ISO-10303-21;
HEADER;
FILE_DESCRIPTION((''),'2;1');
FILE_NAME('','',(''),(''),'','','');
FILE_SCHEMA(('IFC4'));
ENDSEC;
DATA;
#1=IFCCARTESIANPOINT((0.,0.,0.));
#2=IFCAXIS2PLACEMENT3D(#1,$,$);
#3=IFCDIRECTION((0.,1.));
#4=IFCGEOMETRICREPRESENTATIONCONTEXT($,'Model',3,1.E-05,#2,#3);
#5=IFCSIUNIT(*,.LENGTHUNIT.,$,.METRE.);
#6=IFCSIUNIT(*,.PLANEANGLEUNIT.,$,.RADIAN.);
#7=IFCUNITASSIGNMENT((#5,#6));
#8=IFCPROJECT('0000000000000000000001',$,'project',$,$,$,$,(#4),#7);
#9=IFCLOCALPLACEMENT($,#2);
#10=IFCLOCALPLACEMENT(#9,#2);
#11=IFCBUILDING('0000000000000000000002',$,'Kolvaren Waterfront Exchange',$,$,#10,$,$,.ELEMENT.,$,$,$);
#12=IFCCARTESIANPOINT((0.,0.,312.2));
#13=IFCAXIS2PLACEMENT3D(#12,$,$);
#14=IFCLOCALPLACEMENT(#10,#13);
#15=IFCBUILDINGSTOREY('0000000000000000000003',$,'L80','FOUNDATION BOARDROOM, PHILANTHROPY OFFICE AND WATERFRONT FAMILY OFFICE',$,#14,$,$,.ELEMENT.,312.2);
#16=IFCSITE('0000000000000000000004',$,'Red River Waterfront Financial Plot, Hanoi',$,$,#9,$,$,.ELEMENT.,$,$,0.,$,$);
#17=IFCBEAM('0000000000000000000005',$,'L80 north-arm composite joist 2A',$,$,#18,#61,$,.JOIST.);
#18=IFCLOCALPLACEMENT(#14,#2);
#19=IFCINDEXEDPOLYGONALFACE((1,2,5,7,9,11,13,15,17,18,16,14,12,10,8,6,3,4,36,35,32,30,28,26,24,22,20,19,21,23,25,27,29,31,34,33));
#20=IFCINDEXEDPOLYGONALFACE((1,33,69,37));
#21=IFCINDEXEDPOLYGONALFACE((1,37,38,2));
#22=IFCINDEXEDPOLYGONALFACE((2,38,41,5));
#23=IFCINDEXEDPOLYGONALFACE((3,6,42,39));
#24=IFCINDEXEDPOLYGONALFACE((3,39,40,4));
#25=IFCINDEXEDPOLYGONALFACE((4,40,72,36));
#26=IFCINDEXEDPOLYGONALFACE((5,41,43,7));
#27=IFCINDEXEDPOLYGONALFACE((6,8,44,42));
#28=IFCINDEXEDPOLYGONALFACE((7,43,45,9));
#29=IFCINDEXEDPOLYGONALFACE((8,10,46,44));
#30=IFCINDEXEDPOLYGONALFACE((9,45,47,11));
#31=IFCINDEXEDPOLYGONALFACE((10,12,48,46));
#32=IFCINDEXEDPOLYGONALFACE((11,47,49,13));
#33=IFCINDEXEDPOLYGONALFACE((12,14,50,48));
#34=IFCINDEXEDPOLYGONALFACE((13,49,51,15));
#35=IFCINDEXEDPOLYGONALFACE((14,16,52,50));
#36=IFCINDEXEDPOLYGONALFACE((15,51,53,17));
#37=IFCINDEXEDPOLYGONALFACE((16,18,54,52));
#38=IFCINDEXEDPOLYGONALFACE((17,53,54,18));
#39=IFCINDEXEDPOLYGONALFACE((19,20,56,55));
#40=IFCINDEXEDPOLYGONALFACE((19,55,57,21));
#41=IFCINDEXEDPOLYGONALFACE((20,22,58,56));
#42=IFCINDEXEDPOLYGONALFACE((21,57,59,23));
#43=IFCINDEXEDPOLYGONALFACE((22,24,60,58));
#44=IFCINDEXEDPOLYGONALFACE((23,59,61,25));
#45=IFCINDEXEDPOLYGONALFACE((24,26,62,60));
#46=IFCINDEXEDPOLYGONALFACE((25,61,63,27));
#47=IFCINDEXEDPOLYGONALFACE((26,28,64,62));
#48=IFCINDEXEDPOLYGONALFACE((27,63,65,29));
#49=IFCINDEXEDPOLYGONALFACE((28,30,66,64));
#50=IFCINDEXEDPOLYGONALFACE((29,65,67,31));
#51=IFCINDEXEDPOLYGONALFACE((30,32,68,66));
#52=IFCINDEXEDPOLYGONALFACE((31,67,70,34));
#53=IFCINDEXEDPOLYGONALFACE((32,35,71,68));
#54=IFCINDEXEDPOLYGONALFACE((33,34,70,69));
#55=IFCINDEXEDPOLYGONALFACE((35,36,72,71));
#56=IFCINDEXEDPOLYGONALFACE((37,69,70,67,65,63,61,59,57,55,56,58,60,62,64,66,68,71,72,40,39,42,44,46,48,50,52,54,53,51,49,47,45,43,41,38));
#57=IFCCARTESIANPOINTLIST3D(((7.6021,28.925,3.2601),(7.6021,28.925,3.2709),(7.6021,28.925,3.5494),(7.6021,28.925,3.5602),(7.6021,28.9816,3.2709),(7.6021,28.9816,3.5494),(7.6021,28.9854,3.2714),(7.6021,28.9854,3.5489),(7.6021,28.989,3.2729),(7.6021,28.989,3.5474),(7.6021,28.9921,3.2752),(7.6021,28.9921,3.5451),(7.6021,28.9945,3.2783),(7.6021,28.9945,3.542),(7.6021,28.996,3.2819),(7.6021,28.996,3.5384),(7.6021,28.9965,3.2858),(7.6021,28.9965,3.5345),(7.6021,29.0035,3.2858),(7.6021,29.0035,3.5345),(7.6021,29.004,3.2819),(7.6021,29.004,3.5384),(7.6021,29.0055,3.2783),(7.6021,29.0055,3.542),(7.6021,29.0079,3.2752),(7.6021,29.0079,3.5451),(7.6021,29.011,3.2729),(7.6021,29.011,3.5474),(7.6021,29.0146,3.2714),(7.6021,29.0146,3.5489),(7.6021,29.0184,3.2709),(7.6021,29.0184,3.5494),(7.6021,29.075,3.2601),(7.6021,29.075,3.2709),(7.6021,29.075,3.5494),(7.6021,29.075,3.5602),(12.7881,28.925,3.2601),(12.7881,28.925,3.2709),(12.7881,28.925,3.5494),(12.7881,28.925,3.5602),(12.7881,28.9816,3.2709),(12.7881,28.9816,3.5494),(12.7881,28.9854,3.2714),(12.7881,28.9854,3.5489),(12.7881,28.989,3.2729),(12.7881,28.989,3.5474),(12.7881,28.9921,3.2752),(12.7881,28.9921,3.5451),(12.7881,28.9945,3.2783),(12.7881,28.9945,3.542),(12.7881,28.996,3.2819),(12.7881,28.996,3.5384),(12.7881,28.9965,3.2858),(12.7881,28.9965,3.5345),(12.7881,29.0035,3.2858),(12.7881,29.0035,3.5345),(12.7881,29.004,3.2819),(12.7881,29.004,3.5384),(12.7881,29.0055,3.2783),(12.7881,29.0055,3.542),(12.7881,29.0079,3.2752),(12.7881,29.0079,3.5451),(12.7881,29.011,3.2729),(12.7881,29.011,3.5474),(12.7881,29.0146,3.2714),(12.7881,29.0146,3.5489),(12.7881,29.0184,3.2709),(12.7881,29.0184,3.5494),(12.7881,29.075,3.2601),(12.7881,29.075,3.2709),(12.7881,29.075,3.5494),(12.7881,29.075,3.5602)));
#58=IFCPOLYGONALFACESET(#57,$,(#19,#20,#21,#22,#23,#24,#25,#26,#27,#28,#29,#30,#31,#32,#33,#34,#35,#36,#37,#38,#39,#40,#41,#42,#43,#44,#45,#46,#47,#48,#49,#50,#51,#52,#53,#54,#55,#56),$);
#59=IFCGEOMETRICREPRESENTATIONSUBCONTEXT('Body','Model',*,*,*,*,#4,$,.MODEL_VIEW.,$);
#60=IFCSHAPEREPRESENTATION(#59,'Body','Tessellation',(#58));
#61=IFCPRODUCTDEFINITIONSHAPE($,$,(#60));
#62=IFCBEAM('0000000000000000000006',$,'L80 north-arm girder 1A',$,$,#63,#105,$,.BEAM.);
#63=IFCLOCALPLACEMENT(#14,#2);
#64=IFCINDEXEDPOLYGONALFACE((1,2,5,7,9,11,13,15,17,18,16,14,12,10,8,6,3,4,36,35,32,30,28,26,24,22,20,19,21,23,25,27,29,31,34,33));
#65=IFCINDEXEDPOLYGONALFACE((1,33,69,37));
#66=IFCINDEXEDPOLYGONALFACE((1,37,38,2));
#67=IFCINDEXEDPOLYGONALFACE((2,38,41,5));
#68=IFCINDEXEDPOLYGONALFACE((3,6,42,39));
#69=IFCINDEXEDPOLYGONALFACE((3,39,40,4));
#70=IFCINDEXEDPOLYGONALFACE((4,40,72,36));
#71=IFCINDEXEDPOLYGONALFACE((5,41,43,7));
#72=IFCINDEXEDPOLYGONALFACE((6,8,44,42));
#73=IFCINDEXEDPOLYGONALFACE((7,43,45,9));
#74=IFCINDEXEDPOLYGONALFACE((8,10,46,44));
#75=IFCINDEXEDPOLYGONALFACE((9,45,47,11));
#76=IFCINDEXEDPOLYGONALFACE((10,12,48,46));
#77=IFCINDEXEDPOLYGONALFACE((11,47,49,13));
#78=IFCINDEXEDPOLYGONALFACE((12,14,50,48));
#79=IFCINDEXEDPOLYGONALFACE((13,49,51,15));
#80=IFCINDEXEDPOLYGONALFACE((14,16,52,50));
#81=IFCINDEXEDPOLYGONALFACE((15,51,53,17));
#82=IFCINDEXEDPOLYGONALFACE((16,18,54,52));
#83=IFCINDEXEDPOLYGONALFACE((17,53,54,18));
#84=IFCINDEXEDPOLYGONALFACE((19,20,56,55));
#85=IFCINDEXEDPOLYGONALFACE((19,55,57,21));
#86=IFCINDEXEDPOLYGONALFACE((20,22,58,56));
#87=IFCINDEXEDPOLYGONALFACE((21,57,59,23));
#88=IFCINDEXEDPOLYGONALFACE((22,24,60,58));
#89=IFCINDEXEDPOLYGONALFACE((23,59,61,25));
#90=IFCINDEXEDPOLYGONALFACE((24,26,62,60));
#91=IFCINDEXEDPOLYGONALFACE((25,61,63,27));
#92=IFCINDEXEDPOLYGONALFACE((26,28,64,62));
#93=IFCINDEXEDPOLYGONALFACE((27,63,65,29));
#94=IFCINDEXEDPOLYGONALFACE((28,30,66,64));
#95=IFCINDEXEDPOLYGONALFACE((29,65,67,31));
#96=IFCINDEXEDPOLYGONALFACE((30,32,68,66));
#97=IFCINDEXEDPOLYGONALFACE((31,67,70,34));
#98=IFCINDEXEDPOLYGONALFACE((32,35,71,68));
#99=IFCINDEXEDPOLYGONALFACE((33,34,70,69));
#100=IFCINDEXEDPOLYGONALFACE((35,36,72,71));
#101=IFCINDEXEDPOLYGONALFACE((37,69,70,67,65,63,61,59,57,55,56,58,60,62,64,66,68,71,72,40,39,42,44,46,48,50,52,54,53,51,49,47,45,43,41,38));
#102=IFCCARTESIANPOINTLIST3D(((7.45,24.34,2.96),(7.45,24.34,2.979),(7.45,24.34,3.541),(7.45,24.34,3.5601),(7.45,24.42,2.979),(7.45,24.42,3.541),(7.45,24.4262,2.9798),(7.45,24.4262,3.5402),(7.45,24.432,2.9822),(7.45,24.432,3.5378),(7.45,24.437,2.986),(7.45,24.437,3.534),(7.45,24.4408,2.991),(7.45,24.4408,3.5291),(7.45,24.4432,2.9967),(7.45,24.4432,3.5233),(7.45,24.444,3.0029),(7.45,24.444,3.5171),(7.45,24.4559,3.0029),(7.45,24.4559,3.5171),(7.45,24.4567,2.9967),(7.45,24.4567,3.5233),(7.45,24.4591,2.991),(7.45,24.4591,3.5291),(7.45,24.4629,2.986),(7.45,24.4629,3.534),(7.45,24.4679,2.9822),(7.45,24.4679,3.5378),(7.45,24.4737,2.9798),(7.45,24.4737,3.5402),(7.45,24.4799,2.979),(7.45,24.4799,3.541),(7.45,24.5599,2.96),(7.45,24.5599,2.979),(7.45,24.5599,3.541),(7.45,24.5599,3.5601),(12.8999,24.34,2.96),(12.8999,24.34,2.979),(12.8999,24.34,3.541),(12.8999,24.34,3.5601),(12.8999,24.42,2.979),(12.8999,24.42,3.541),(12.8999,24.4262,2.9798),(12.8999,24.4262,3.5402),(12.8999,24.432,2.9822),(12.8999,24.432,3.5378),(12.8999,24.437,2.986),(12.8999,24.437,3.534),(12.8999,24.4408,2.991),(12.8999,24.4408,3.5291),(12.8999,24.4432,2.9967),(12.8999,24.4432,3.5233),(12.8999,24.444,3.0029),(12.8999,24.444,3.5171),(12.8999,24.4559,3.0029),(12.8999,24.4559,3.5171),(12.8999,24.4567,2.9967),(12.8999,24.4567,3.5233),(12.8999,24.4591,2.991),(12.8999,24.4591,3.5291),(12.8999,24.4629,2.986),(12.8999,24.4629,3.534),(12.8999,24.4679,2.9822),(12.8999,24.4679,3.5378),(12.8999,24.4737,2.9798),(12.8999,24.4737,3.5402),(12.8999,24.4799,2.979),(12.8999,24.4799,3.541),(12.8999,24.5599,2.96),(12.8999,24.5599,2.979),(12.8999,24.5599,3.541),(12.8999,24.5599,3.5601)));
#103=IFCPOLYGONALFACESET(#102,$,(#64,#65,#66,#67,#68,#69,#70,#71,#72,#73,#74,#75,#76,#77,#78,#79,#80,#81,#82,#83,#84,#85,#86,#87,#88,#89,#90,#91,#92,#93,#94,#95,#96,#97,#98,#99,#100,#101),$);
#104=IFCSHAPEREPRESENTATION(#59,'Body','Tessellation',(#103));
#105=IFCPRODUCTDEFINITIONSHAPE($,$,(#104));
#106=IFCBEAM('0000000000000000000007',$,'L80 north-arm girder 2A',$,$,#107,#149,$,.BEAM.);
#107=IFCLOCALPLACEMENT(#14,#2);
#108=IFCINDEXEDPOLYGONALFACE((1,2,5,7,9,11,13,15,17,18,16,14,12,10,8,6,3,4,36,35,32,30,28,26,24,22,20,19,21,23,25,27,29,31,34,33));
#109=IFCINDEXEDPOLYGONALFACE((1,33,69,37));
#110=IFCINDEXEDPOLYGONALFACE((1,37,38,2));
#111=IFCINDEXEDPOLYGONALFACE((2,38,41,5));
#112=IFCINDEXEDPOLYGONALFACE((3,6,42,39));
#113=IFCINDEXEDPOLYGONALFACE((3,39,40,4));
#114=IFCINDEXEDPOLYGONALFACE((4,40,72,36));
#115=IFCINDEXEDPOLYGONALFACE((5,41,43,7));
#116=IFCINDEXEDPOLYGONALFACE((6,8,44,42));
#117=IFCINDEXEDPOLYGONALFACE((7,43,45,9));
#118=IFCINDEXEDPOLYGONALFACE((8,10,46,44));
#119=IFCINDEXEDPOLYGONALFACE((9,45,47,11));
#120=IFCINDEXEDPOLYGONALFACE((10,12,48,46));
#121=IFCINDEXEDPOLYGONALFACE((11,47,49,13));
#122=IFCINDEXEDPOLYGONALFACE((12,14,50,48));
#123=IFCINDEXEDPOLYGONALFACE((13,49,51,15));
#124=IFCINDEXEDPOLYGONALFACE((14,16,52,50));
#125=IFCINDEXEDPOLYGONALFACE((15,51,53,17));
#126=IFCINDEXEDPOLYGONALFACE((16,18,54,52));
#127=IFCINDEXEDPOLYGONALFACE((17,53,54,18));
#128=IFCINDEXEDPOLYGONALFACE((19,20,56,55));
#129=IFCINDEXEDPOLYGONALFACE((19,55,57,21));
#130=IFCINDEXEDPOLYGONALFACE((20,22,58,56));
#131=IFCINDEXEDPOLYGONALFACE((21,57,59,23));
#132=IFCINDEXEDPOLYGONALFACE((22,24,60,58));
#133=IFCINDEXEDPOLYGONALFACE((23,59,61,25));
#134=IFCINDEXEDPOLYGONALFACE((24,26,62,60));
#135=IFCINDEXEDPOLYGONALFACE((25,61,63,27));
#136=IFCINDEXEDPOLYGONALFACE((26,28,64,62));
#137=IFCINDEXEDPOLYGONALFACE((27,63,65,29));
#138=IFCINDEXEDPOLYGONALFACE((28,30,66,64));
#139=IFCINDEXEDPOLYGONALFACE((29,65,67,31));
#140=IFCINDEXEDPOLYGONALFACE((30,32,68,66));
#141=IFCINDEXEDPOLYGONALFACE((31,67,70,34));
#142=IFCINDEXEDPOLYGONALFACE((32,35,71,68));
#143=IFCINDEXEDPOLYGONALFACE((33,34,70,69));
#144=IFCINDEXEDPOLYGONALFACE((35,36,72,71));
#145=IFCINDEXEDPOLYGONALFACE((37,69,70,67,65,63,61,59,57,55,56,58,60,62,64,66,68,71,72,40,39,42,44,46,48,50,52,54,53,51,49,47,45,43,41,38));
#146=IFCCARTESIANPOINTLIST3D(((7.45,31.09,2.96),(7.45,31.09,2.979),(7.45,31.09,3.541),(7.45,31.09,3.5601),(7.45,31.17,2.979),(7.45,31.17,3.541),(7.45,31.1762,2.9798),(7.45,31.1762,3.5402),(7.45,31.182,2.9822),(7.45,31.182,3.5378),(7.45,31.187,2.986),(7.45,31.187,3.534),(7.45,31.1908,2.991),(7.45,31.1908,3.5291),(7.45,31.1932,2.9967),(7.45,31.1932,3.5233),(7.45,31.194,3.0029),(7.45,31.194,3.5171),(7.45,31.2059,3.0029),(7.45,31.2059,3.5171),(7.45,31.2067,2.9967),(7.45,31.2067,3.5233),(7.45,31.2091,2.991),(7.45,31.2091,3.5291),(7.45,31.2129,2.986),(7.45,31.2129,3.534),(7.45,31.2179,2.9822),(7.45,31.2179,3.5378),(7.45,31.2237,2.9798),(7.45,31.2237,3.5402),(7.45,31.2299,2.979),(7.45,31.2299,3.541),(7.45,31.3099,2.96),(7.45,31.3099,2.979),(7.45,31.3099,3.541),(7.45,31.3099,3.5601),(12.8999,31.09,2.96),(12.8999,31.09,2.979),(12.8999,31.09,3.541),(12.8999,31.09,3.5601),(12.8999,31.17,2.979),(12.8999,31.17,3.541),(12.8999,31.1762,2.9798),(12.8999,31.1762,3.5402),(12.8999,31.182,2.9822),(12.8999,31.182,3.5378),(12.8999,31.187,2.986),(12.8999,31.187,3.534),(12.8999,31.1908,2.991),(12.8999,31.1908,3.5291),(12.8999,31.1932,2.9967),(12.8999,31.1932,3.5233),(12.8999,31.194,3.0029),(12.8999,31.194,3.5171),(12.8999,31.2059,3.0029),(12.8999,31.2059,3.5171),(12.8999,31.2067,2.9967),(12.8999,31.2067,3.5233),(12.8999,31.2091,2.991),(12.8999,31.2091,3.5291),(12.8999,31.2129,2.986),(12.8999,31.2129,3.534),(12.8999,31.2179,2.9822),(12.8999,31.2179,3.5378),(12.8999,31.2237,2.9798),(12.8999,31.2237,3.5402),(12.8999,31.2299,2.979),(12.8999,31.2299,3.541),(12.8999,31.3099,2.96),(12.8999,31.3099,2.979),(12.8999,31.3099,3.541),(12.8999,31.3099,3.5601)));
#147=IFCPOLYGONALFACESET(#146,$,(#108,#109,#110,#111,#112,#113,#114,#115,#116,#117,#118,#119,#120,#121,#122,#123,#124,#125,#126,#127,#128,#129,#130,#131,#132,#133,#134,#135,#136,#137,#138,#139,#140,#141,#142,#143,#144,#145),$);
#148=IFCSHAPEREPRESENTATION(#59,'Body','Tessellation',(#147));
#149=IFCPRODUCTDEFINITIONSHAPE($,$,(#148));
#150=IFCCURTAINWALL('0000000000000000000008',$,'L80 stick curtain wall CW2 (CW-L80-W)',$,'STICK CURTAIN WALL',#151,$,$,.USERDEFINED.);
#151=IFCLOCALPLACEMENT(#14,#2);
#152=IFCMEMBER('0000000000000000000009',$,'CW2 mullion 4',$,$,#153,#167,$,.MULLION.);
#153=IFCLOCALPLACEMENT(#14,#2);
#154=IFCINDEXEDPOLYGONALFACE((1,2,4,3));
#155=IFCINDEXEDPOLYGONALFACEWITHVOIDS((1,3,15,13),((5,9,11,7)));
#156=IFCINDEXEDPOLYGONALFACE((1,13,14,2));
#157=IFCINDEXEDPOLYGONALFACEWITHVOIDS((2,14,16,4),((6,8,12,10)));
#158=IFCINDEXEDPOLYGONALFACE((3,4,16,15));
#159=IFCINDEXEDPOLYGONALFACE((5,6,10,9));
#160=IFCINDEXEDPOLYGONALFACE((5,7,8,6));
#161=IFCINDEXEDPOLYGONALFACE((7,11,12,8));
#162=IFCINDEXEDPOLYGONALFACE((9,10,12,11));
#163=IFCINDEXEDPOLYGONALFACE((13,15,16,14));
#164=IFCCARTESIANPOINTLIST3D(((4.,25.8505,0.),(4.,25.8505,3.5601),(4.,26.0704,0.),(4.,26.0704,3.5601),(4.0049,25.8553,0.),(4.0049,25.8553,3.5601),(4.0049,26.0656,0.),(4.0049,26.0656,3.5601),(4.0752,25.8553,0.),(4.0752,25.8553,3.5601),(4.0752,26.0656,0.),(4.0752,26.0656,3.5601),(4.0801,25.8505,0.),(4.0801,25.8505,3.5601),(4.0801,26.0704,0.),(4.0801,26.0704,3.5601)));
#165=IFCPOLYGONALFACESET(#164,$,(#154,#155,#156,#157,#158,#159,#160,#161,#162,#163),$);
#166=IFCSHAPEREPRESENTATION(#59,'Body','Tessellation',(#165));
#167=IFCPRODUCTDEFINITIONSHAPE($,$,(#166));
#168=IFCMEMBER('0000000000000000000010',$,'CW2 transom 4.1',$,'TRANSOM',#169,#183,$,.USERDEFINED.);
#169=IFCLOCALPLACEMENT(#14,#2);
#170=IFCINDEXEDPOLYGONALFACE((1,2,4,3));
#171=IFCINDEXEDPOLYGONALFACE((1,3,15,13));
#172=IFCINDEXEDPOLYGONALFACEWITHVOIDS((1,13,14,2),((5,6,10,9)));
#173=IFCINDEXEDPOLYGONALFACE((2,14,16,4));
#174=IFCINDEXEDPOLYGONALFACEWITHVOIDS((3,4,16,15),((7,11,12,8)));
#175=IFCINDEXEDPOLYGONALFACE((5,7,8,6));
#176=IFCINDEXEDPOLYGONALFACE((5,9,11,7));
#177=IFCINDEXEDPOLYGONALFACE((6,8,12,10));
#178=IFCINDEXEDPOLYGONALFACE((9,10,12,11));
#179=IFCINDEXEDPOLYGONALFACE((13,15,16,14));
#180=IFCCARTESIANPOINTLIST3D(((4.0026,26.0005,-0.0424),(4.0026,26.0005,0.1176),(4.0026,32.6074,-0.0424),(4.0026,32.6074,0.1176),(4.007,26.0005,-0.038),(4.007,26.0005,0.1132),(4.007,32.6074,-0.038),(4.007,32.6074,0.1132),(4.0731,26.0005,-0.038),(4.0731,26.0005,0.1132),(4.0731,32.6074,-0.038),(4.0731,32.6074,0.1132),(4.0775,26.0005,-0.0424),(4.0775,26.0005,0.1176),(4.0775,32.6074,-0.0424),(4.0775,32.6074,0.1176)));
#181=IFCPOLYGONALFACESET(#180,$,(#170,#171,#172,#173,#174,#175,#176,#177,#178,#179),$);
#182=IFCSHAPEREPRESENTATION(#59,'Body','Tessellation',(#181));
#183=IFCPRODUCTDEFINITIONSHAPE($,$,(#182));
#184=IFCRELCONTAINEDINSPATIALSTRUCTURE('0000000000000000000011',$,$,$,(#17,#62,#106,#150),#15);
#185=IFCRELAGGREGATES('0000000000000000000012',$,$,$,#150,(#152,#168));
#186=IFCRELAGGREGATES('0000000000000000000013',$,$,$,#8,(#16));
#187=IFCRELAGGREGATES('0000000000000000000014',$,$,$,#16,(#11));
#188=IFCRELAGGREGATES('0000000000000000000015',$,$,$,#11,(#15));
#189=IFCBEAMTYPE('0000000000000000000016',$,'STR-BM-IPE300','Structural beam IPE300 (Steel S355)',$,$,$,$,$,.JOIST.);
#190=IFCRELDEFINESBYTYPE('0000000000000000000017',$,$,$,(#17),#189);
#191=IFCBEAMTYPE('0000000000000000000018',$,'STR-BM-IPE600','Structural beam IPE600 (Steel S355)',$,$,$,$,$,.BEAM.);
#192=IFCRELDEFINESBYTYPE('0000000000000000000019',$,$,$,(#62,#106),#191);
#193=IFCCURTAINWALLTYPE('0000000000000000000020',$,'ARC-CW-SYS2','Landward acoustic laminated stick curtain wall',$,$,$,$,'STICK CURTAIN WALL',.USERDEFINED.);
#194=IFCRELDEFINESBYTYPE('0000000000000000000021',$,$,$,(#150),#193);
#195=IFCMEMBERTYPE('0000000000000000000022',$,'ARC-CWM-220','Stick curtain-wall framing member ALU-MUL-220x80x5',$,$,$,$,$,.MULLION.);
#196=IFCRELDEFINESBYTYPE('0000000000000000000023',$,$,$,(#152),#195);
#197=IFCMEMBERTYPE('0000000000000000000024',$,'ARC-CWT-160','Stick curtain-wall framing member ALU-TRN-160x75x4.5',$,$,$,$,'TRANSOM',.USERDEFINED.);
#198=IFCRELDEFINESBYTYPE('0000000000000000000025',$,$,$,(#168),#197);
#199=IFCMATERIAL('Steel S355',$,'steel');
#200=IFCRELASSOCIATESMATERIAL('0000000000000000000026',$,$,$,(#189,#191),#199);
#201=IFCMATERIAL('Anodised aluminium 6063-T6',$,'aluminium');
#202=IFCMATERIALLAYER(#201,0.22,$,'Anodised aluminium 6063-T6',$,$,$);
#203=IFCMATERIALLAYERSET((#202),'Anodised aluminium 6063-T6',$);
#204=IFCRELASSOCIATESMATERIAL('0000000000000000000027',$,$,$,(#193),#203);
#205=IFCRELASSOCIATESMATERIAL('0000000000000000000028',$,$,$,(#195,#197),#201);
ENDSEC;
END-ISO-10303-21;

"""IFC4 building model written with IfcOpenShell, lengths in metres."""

from ifc_helpers import new_model, si_unit, direction, frame, origin, origin_with_axes, origin_2d, place, context, subcontext, project, spatial, hollow_rectangle, i_section, extrude, source, transform, mapped, material, layer, layer_set, material_profile, profile_set, type_object, element, aggregate, save


model = new_model("IFC4")

# Units and contexts
model_context = context("Model", 3, precision=1e-05, world=origin(), true_north=direction((0.0, 1.0)))
body_context = subcontext(model_context, "Body", "Model", "MODEL_VIEW")
ifc_project = project(units=[si_unit("LENGTHUNIT", "METRE"), si_unit("PLANEANGLEUNIT", "RADIAN")], contexts=[model_context])

# Site, building, storey
site_placement = place(None, origin())
site = spatial("IfcSite", under=ifc_project, at=site_placement, Name="Red River Waterfront Financial Plot, Hanoi", CompositionType="ELEMENT", RefElevation=0.0)
building_placement = place(site_placement, origin())
building = spatial("IfcBuilding", under=site, at=building_placement, Name="Kolvaren Waterfront Exchange", CompositionType="ELEMENT")
storey_placement = place(building_placement, frame((0.0, 0.0, 312.2)))
storey = spatial("IfcBuildingStorey", under=building, at=storey_placement, Name="L80", Description="FOUNDATION BOARDROOM, PHILANTHROPY OFFICE AND WATERFRONT FAMILY OFFICE", CompositionType="ELEMENT", Elevation=312.2)

# Beams
ifc_material_1 = material(Name="Steel S355", Category="steel")
ifc_material_profile_1 = material_profile(ifc_material_1, i_section(OverallWidth=0.1499, OverallDepth=0.3, WebThickness=0.0071, FlangeThickness=0.0107, FilletRadius=0.0149, at=origin_2d()), Name="IPE300")
ifc_profile_set_1 = profile_set([ifc_material_profile_1], Name="Steel S355")
beam_type_1 = type_object("IfcBeamType", Name="STR-BM-IPE300", Description="Structural beam IPE300 (Steel S355)", PredefinedType="JOIST", material=ifc_profile_set_1)
for number, where, z_axis, x_axis, name in (
    (1, (7.6021, 29.0, 3.4102), (1.0, 0.0, 0.0), (0.0, 1.0, 0.0), "L80 north-arm composite joist 2A"),
):
    element("IfcBeam", number, at=place(storey_placement, frame(where, z_axis=z_axis, x_axis=x_axis)), inside=storey, type_object=beam_type_1, Name=name, PredefinedType="JOIST", context=body_context, shape_type="SweptSolid", body=[
        extrude(i_section(OverallWidth=0.1499, OverallDepth=0.3, WebThickness=0.0071, FlangeThickness=0.0107, FilletRadius=0.0149, at=origin_2d()), origin(), (0.0, 0.0, 1.0), 5.186),
    ])
ifc_material_profile_2 = material_profile(ifc_material_1, i_section(OverallWidth=0.22, OverallDepth=0.6001, WebThickness=0.012, FlangeThickness=0.019, FilletRadius=0.0239, at=origin_2d()), Name="IPE600")
ifc_profile_set_2 = profile_set([ifc_material_profile_2], Name="Steel S355")
beam_type_2 = type_object("IfcBeamType", Name="STR-BM-IPE600", Description="Structural beam IPE600 (Steel S355)", PredefinedType="BEAM", material=ifc_profile_set_2)
for number, where, z_axis, x_axis, name in (
    (2, (7.45, 24.45, 3.26), (1.0, 0.0, 0.0), (0.0, 1.0, 0.0), "L80 north-arm girder 1A"),
    (3, (7.45, 31.2, 3.26), (1.0, 0.0, 0.0), (0.0, 1.0, 0.0), "L80 north-arm girder 2A"),
):
    element("IfcBeam", number, at=place(storey_placement, frame(where, z_axis=z_axis, x_axis=x_axis)), inside=storey, type_object=beam_type_2, Name=name, PredefinedType="BEAM", context=body_context, shape_type="SweptSolid", body=[
        extrude(i_section(OverallWidth=0.22, OverallDepth=0.6001, WebThickness=0.012, FlangeThickness=0.019, FilletRadius=0.0239, at=origin_2d()), origin(), (0.0, 0.0, 1.0), 5.45),
    ])

# Curtain wall, members
ifc_material_2 = material(Name="Anodised aluminium 6063-T6", Category="aluminium")
ifc_layer_1 = layer(ifc_material_2, 0.22, Name="Anodised aluminium 6063-T6")
ifc_layer_set_1 = layer_set([ifc_layer_1], Name="Anodised aluminium 6063-T6")
curtain_wall_type = type_object("IfcCurtainWallType", Name="ARC-CW-SYS2", Description="Landward acoustic laminated stick curtain wall", ElementType="STICK CURTAIN WALL", PredefinedType="USERDEFINED", material=ifc_layer_set_1)
curtain_wall_placement = place(storey_placement, origin())
curtain_wall = element("IfcCurtainWall", 4, at=curtain_wall_placement, inside=storey, type_object=curtain_wall_type, Name="L80 stick curtain wall CW2 (CW-L80-W)", ObjectType="STICK CURTAIN WALL", PredefinedType="USERDEFINED")
ifc_material_profile_3 = material_profile(ifc_material_2, hollow_rectangle(XDim=0.0801, YDim=0.22, WallThickness=0.0049, at=origin_2d()), Name="ALU-MUL-220x80x5")
ifc_profile_set_3 = profile_set([ifc_material_profile_3], Name="Anodised aluminium 6063-T6")
member_type_1 = type_object("IfcMemberType", Name="ARC-CWM-220", Description="Stick curtain-wall framing member ALU-MUL-220x80x5", PredefinedType="MULLION", material=ifc_profile_set_3)
shared_shape_1 = source(origin_with_axes(), body_context, "Body", "SweptSolid", [
    extrude(hollow_rectangle(XDim=0.0801, YDim=0.22, WallThickness=0.0049, at=origin_2d()), origin(), (0.0, 0.0, 1.0), 3.5601),
])
member_1_placement = place(storey_placement, frame((4.04, 25.9604, 0.0), z_axis=(0.0, 0.0, 1.0), x_axis=(-1.0, 0.0, 0.0)))
member_1 = element("IfcMember", 5, at=member_1_placement, type_object=member_type_1, Name="CW2 mullion 4", PredefinedType="MULLION", context=body_context, shape_type="MappedRepresentation", body=[
    mapped(shared_shape_1, transform((0.0, 0.0, 0.0), x_axis=(1.0, 0.0, 0.0), y_axis=(0.0, 1.0, 0.0), z_axis=(0.0, 0.0, 1.0), scale=1.0)),
])
ifc_material_profile_4 = material_profile(ifc_material_2, hollow_rectangle(XDim=0.075, YDim=0.1599, WallThickness=0.0044, at=origin_2d()), Name="ALU-TRN-160x75x4.5")
ifc_profile_set_4 = profile_set([ifc_material_profile_4], Name="Anodised aluminium 6063-T6")
member_type_2 = type_object("IfcMemberType", Name="ARC-CWT-160", Description="Stick curtain-wall framing member ALU-TRN-160x75x4.5", ElementType="TRANSOM", PredefinedType="USERDEFINED", material=ifc_profile_set_4)
shared_shape_2 = source(origin_with_axes(), body_context, "Body", "SweptSolid", [
    extrude(hollow_rectangle(XDim=0.075, YDim=0.1599, WallThickness=0.0044, at=origin_2d()), origin(), (0.0, 0.0, 1.0), 6.6069),
])
member_2_placement = place(storey_placement, frame((4.04, 26.0005, 0.0376), z_axis=(0.0, 1.0, 0.0), x_axis=(-1.0, 0.0, 0.0)))
member_2 = element("IfcMember", 6, at=member_2_placement, type_object=member_type_2, Name="CW2 transom 4.1", ObjectType="TRANSOM", PredefinedType="USERDEFINED", context=body_context, shape_type="MappedRepresentation", body=[
    mapped(shared_shape_2, transform((0.0, 0.0, 0.0), x_axis=(1.0, 0.0, 0.0), y_axis=(0.0, 1.0, 0.0), z_axis=(0.0, 0.0, 1.0), scale=1.0)),
])
aggregate(curtain_wall, [member_1, member_2])

save(model, "model.ifc")
